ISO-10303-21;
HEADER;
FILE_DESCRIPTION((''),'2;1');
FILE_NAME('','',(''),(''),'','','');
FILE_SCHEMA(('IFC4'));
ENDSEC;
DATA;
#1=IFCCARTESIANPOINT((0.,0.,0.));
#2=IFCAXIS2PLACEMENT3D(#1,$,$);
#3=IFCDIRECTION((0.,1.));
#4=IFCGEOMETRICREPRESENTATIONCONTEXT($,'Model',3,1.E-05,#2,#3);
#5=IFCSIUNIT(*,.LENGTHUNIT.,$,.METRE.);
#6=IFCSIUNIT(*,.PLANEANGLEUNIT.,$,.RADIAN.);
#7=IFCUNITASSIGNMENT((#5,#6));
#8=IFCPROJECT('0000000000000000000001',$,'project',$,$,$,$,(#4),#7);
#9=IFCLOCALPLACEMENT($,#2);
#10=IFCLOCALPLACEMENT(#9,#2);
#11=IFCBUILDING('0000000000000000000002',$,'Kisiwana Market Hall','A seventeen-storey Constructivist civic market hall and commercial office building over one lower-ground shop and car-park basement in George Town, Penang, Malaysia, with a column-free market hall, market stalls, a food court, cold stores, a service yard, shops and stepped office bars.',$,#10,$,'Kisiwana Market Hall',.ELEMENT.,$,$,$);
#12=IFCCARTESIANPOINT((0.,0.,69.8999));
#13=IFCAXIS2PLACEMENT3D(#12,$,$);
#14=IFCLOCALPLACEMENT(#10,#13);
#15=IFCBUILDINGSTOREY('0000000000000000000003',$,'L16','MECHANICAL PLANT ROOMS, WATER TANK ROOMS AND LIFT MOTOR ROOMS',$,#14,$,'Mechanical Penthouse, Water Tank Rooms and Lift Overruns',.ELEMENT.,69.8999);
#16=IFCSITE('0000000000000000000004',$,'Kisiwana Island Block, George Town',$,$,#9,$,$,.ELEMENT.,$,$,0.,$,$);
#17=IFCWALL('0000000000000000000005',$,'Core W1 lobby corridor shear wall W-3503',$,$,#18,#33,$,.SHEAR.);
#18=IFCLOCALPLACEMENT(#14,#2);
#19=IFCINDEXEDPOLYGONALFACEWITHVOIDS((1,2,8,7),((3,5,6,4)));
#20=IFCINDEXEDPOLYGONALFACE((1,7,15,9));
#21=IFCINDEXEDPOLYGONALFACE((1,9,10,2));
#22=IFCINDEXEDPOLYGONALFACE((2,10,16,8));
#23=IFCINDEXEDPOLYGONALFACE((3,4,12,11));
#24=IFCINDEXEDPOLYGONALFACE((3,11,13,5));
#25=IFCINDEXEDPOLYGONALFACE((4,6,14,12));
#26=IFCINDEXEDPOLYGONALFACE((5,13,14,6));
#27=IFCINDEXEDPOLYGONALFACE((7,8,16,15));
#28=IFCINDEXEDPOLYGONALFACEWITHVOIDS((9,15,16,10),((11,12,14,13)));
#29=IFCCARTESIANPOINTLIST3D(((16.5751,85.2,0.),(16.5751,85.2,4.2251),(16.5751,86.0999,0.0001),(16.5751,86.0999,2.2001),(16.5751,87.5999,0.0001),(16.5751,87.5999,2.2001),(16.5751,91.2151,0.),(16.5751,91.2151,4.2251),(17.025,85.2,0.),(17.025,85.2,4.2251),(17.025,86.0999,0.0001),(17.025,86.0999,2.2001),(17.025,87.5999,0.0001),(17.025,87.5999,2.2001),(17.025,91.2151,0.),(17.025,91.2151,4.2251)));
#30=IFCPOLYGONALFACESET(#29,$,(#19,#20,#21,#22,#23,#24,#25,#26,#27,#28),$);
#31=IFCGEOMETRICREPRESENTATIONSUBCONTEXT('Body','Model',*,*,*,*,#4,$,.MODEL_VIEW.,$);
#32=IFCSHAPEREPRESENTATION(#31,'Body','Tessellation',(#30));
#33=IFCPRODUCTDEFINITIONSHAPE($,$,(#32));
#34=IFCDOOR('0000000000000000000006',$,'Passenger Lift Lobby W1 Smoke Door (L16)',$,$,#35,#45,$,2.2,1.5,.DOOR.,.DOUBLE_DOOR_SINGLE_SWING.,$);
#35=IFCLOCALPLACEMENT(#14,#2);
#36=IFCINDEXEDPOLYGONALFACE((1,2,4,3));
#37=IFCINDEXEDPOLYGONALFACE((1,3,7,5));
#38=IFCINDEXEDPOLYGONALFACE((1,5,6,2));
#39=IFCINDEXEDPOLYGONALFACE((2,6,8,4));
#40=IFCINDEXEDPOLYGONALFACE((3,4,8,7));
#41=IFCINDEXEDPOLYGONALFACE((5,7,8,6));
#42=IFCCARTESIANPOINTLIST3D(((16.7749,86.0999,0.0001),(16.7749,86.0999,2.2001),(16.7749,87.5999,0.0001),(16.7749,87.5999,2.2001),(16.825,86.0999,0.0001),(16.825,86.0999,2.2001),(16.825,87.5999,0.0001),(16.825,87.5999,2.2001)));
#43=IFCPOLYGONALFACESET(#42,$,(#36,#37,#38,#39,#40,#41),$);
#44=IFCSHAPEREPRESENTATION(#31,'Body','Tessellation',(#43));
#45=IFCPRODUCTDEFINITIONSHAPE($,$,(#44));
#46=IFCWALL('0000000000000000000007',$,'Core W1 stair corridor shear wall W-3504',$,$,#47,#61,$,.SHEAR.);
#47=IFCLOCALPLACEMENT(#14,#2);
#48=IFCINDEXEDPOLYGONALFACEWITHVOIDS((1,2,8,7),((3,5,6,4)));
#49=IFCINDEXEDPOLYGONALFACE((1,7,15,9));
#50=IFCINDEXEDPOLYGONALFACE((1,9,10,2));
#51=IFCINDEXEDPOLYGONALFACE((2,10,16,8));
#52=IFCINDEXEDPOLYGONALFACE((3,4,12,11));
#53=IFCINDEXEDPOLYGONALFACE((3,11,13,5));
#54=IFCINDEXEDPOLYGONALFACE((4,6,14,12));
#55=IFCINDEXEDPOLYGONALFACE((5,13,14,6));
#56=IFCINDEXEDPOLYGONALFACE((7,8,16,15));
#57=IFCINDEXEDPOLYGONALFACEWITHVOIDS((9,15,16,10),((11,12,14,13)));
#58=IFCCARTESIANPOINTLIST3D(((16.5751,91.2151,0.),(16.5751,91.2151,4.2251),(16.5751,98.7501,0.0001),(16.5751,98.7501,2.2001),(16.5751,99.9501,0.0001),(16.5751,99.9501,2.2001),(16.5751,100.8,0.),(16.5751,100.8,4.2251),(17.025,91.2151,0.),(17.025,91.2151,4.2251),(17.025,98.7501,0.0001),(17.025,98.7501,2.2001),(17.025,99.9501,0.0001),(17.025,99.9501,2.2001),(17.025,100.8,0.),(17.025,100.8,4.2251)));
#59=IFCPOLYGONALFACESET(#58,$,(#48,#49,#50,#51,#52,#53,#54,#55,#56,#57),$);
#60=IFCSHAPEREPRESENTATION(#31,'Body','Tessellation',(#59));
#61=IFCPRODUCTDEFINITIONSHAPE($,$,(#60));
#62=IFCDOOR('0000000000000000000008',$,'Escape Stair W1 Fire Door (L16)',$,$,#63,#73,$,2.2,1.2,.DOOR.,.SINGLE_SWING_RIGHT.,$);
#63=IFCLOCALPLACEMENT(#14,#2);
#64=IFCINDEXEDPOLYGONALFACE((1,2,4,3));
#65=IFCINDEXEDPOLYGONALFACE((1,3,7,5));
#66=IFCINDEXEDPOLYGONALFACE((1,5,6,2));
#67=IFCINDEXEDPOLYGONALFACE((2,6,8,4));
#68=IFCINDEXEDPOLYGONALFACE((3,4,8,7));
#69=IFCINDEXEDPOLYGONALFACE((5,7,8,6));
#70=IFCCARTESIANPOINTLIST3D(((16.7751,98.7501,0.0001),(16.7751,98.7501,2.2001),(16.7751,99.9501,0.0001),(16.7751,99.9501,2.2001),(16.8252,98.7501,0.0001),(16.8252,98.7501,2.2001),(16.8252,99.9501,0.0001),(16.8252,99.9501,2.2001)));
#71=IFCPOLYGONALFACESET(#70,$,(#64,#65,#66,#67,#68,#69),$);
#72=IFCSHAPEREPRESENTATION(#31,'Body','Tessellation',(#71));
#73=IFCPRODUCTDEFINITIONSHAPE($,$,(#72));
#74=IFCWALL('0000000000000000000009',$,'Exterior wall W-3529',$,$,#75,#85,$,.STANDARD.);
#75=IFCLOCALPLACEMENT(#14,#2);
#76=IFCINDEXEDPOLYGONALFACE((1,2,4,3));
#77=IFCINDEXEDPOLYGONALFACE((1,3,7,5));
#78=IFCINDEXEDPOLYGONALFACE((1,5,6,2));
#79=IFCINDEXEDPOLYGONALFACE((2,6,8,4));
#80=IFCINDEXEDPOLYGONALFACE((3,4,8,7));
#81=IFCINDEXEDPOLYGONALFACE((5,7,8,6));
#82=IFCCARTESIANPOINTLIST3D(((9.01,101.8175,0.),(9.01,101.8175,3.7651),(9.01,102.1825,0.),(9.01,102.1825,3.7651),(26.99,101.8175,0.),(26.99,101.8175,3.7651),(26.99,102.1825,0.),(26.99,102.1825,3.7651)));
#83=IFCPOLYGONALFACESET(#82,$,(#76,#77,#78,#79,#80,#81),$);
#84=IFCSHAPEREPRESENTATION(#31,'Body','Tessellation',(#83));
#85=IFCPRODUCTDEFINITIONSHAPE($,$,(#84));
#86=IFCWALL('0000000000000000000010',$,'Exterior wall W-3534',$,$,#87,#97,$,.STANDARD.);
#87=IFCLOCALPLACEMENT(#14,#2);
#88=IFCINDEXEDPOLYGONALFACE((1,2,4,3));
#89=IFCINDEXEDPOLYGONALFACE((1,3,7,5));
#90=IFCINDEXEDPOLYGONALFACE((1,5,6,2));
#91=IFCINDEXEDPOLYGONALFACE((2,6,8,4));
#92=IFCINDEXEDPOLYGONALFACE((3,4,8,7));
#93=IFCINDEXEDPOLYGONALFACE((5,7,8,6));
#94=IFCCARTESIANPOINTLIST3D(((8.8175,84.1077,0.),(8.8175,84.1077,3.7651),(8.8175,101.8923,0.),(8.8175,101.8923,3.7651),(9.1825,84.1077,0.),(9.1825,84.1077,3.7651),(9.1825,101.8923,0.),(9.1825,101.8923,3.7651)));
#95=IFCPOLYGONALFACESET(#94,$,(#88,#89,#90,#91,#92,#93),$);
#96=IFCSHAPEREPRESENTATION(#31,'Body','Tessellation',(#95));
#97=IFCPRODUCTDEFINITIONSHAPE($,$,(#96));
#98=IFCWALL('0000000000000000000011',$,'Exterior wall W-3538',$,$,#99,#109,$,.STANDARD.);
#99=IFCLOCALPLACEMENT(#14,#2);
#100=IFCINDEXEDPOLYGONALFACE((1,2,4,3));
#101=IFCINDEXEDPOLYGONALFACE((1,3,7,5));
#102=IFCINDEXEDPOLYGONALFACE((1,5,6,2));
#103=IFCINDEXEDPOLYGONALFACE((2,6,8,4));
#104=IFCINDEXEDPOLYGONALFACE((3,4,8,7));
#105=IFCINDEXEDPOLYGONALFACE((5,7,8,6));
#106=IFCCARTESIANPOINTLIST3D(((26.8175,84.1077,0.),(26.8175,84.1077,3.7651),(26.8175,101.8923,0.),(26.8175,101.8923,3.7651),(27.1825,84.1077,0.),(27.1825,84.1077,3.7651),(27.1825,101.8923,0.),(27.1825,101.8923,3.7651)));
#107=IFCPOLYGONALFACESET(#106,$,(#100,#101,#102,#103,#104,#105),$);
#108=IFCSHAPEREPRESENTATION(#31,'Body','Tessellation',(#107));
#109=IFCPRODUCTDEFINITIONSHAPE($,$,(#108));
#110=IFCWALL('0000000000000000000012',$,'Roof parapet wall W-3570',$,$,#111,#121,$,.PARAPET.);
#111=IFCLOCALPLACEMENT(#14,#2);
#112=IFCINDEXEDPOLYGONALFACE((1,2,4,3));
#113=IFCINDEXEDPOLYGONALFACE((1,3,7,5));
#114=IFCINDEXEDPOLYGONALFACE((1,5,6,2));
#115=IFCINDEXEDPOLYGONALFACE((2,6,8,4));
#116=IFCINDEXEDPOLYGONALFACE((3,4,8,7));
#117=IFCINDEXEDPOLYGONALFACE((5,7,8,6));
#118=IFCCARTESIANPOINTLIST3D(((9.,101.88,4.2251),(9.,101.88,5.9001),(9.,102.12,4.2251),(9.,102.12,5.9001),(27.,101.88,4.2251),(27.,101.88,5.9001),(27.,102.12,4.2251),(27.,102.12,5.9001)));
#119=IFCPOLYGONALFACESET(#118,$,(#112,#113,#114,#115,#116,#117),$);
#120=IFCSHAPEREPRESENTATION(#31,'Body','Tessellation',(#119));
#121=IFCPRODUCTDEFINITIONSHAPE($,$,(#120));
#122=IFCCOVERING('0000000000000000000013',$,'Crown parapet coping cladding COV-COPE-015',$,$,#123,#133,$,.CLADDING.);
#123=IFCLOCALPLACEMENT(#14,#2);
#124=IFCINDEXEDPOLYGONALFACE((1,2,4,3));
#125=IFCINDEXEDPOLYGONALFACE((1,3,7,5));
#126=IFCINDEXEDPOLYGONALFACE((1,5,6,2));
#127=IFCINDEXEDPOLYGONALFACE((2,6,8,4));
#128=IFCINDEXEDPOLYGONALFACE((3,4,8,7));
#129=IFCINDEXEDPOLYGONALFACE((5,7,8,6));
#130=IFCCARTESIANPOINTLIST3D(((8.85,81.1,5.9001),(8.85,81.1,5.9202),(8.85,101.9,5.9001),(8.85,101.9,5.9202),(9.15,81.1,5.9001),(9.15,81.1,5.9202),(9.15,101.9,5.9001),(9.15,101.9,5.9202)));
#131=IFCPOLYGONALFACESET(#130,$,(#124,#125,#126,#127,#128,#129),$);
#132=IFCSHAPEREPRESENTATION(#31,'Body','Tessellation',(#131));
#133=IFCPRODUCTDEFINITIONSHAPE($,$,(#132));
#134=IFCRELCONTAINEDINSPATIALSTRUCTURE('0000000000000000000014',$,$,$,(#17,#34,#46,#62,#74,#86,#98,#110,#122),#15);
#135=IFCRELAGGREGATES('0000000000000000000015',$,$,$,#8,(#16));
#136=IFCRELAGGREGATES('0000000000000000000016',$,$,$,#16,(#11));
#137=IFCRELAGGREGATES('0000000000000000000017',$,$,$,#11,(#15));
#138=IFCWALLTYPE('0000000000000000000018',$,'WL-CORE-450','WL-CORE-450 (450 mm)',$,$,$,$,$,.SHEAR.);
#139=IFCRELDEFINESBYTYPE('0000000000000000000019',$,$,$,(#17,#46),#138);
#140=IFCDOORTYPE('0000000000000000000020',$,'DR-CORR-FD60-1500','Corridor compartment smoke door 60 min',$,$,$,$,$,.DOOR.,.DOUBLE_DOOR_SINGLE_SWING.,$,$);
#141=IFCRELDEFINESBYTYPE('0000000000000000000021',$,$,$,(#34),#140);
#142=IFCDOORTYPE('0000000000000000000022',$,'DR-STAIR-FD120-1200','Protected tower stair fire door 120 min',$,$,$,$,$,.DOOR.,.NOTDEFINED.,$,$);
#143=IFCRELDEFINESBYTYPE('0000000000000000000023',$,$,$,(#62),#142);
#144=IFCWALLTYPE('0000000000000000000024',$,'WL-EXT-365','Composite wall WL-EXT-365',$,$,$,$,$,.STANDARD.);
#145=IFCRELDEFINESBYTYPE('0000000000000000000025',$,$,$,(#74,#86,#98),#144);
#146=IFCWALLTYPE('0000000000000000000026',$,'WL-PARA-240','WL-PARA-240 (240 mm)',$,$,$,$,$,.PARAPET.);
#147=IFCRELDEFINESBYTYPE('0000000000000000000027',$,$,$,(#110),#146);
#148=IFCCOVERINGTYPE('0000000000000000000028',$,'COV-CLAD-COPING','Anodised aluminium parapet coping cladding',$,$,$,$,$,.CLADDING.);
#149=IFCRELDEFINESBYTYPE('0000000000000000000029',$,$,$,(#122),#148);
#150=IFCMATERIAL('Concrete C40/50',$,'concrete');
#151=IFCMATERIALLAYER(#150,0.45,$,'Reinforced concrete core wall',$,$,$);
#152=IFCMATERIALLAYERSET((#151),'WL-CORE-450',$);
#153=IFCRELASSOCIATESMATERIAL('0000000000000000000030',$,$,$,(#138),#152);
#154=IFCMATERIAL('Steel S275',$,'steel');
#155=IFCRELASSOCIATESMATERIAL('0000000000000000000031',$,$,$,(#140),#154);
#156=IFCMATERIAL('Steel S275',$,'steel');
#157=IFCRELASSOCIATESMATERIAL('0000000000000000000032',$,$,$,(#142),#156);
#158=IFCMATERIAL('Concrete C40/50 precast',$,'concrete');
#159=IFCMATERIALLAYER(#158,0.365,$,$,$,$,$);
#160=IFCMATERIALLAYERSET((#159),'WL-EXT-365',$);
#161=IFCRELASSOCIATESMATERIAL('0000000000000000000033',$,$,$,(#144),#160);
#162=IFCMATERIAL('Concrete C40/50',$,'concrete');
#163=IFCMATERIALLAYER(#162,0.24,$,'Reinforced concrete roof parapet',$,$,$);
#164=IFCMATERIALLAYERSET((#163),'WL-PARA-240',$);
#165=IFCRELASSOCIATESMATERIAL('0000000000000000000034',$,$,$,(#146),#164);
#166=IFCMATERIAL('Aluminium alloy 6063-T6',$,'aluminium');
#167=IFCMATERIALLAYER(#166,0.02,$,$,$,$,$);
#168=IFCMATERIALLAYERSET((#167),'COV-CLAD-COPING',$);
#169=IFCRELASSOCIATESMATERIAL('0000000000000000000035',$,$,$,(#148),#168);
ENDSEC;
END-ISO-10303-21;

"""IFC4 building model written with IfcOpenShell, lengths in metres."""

from ifc_helpers import new_model, si_unit, direction, frame, frame_2d, origin, origin_2d, place, context, subcontext, project, spatial, rectangle, extrude, material, layer, layer_set, type_object, element, fill, save


model = new_model("IFC4")

# Units and contexts
model_context = context("Model", 3, precision=1e-05, world=origin(), true_north=direction((0.0, 1.0)))
body_context = subcontext(model_context, "Body", "Model", "MODEL_VIEW")
ifc_project = project(units=[si_unit("LENGTHUNIT", "METRE"), si_unit("PLANEANGLEUNIT", "RADIAN")], contexts=[model_context])

# Site, building, storey
site_placement = place(None, origin())
site = spatial("IfcSite", under=ifc_project, at=site_placement, Name="Kisiwana Island Block, George Town", CompositionType="ELEMENT", RefElevation=0.0)
building_placement = place(site_placement, origin())
building = spatial("IfcBuilding", under=site, at=building_placement, Name="Kisiwana Market Hall", Description="A seventeen-storey Constructivist civic market hall and commercial office building over one lower-ground shop and car-park basement in George Town, Penang, Malaysia, with a column-free market hall, market stalls, a food court, cold stores, a service yard, shops and stepped office bars.", LongName="Kisiwana Market Hall", CompositionType="ELEMENT")
storey_placement = place(building_placement, frame((0.0, 0.0, 69.8999)))
storey = spatial("IfcBuildingStorey", under=building, at=storey_placement, Name="L16", Description="MECHANICAL PLANT ROOMS, WATER TANK ROOMS AND LIFT MOTOR ROOMS", LongName="Mechanical Penthouse, Water Tank Rooms and Lift Overruns", CompositionType="ELEMENT", Elevation=69.8999)

# Shared definitions
ifc_material_1 = material(Name="Concrete C40/50", Category="concrete")
ifc_layer_1 = layer(ifc_material_1, 0.45, Name="Reinforced concrete core wall")
ifc_layer_set_1 = layer_set([ifc_layer_1], Name="WL-CORE-450")
wall_type_1 = type_object("IfcWallType", Name="WL-CORE-450", Description="WL-CORE-450 (450 mm)", PredefinedType="SHEAR", material=ifc_layer_set_1)

# Walls, openings, doors
wall_1_placement = place(storey_placement, frame((16.8, 85.2, 0.0), z_axis=(0.0, 0.0, 1.0), x_axis=(0.0, 1.0, 0.0)))
wall_1 = element("IfcWall", 1, at=wall_1_placement, inside=storey, type_object=wall_type_1, Name="Core W1 lobby corridor shear wall W-3503", PredefinedType="SHEAR", context=body_context, shape_type="SweptSolid", body=[
    extrude(rectangle(XDim=6.0151, YDim=0.45, at=frame_2d((3.0076, 0.0))), origin(), (0.0, 0.0, 1.0), 4.2251),
])
opening_1_placement = place(wall_1_placement, frame((0.8999, 0.0, 0.0)))
opening_1 = element("IfcOpeningElement", 2, at=opening_1_placement, cuts=wall_1, PredefinedType="OPENING", context=body_context, shape_type="SweptSolid", body=[
    extrude(rectangle(XDim=1.5, YDim=2.2, at=frame_2d((0.75, 1.1001))), frame((0.0, 0.2368, 0.0), z_axis=(0.0, -1.0, 0.0), x_axis=(1.0, 0.0, 0.0)), (0.0, 0.0, 1.0), 0.4739),
])
ifc_material_2 = material(Name="Steel S275", Category="steel")
door_type_1 = type_object("IfcDoorType", Name="DR-CORR-FD60-1500", Description="Corridor compartment smoke door 60 min", OperationType="DOUBLE_DOOR_SINGLE_SWING", PredefinedType="DOOR", material=ifc_material_2)
door_1_placement = place(opening_1_placement, frame((1.5, 0.0, 0.0), z_axis=(0.0, 0.0, 1.0), x_axis=(-1.0, 0.0, 0.0)))
door_1 = element("IfcDoor", 3, at=door_1_placement, inside=storey, type_object=door_type_1, Name="Passenger Lift Lobby W1 Smoke Door (L16)", OperationType="DOUBLE_DOOR_SINGLE_SWING", OverallHeight=2.2, OverallWidth=1.5, PredefinedType="DOOR", context=body_context, shape_type="SweptSolid", body=[
    extrude(rectangle(XDim=1.5, YDim=2.2, at=frame_2d((0.75, 1.1001))), frame((0.0, 0.0249, 0.0), z_axis=(0.0, -1.0, 0.0), x_axis=(1.0, 0.0, 0.0)), (0.0, 0.0, 1.0), 0.05),
])
fill(opening_1, door_1)
wall_2_placement = place(storey_placement, frame((16.8, 91.2151, 0.0), z_axis=(0.0, 0.0, 1.0), x_axis=(0.0, 1.0, 0.0)))
wall_2 = element("IfcWall", 4, at=wall_2_placement, inside=storey, type_object=wall_type_1, Name="Core W1 stair corridor shear wall W-3504", PredefinedType="SHEAR", context=body_context, shape_type="SweptSolid", body=[
    extrude(rectangle(XDim=9.585, YDim=0.45, at=frame_2d((4.7925, 0.0))), origin(), (0.0, 0.0, 1.0), 4.2251),
])
opening_2_placement = place(wall_2_placement, frame((7.5349, 0.0, 0.0)))
opening_2 = element("IfcOpeningElement", 5, at=opening_2_placement, cuts=wall_2, PredefinedType="OPENING", context=body_context, shape_type="SweptSolid", body=[
    extrude(rectangle(XDim=1.2, YDim=2.2, at=frame_2d((0.6001, 1.1001))), frame((0.0, 0.2368, 0.0), z_axis=(0.0, -1.0, 0.0), x_axis=(1.0, 0.0, 0.0)), (0.0, 0.0, 1.0), 0.4739),
])
ifc_material_3 = material(Name="Steel S275", Category="steel")
door_type_2 = type_object("IfcDoorType", Name="DR-STAIR-FD120-1200", Description="Protected tower stair fire door 120 min", OperationType="NOTDEFINED", PredefinedType="DOOR", material=ifc_material_3)
door_2_placement = place(opening_2_placement, origin())
door_2 = element("IfcDoor", 6, at=door_2_placement, inside=storey, type_object=door_type_2, Name="Escape Stair W1 Fire Door (L16)", OperationType="SINGLE_SWING_RIGHT", OverallHeight=2.2, OverallWidth=1.2, PredefinedType="DOOR", context=body_context, shape_type="SweptSolid", body=[
    extrude(rectangle(XDim=1.2, YDim=2.2, at=frame_2d((0.6001, 1.1001))), frame((0.0, 0.0249, 0.0), z_axis=(0.0, -1.0, 0.0), x_axis=(1.0, 0.0, 0.0)), (0.0, 0.0, 1.0), 0.05),
])
fill(opening_2, door_2)

# Walls
ifc_material_4 = material(Name="Concrete C40/50 precast", Category="concrete")
ifc_layer_2 = layer(ifc_material_4, 0.365)
ifc_layer_set_2 = layer_set([ifc_layer_2], Name="WL-EXT-365")
wall_type_2 = type_object("IfcWallType", Name="WL-EXT-365", Description="Composite wall WL-EXT-365", PredefinedType="STANDARD", material=ifc_layer_set_2)
wall_3_placement = place(storey_placement, frame((9.01, 102.0, 0.0), z_axis=(0.0, 0.0, 1.0), x_axis=(1.0, 0.0, 0.0)))
element("IfcWall", 7, at=wall_3_placement, inside=storey, type_object=wall_type_2, Name="Exterior wall W-3529", PredefinedType="STANDARD", context=body_context, shape_type="SweptSolid", body=[
    extrude(rectangle(XDim=17.98, YDim=0.365, at=frame_2d((8.99, 0.0))), origin(), (0.0, 0.0, 1.0), 3.7651),
])
for number, where, z_axis, x_axis, name in (
    (8, (9.0, 84.1077, 0.0), (0.0, 0.0, 1.0), (0.0, 1.0, 0.0), "Exterior wall W-3534"),
    (9, (27.0, 84.1077, 0.0), (0.0, 0.0, 1.0), (0.0, 1.0, 0.0), "Exterior wall W-3538"),
):
    element("IfcWall", number, at=place(storey_placement, frame(where, z_axis=z_axis, x_axis=x_axis)), inside=storey, type_object=wall_type_2, Name=name, PredefinedType="STANDARD", context=body_context, shape_type="SweptSolid", body=[
        extrude(rectangle(XDim=17.7847, YDim=0.365, at=frame_2d((8.8923, 0.0))), origin(), (0.0, 0.0, 1.0), 3.7651),
    ])
ifc_material_5 = material(Name="Concrete C40/50", Category="concrete")
ifc_layer_3 = layer(ifc_material_5, 0.24, Name="Reinforced concrete roof parapet")
ifc_layer_set_3 = layer_set([ifc_layer_3], Name="WL-PARA-240")
wall_type_3 = type_object("IfcWallType", Name="WL-PARA-240", Description="WL-PARA-240 (240 mm)", PredefinedType="PARAPET", material=ifc_layer_set_3)
wall_4_placement = place(storey_placement, frame((9.0, 102.0, 4.2251), z_axis=(0.0, 0.0, 1.0), x_axis=(1.0, 0.0, 0.0)))
element("IfcWall", 10, at=wall_4_placement, inside=storey, type_object=wall_type_3, Name="Roof parapet wall W-3570", PredefinedType="PARAPET", context=body_context, shape_type="SweptSolid", body=[
    extrude(rectangle(XDim=18.0, YDim=0.24, at=frame_2d((9.0, 0.0))), origin(), (0.0, 0.0, 1.0), 1.675),
])

# Covering
ifc_material_6 = material(Name="Aluminium alloy 6063-T6", Category="aluminium")
ifc_layer_4 = layer(ifc_material_6, 0.02)
ifc_layer_set_4 = layer_set([ifc_layer_4], Name="COV-CLAD-COPING")
covering_type = type_object("IfcCoveringType", Name="COV-CLAD-COPING", Description="Anodised aluminium parapet coping cladding", PredefinedType="CLADDING", material=ifc_layer_set_4)
covering_placement = place(storey_placement, frame((9.0, 91.5, 5.9001), z_axis=(0.0, 0.0, 1.0), x_axis=(1.0, 0.0, 0.0)))
element("IfcCovering", 11, at=covering_placement, inside=storey, type_object=covering_type, Name="Crown parapet coping cladding COV-COPE-015", PredefinedType="CLADDING", context=body_context, shape_type="SweptSolid", body=[
    extrude(rectangle(XDim=0.3, YDim=20.8, at=origin_2d()), origin(), (0.0, 0.0, 1.0), 0.02),
])

save(model, "model.ifc")
